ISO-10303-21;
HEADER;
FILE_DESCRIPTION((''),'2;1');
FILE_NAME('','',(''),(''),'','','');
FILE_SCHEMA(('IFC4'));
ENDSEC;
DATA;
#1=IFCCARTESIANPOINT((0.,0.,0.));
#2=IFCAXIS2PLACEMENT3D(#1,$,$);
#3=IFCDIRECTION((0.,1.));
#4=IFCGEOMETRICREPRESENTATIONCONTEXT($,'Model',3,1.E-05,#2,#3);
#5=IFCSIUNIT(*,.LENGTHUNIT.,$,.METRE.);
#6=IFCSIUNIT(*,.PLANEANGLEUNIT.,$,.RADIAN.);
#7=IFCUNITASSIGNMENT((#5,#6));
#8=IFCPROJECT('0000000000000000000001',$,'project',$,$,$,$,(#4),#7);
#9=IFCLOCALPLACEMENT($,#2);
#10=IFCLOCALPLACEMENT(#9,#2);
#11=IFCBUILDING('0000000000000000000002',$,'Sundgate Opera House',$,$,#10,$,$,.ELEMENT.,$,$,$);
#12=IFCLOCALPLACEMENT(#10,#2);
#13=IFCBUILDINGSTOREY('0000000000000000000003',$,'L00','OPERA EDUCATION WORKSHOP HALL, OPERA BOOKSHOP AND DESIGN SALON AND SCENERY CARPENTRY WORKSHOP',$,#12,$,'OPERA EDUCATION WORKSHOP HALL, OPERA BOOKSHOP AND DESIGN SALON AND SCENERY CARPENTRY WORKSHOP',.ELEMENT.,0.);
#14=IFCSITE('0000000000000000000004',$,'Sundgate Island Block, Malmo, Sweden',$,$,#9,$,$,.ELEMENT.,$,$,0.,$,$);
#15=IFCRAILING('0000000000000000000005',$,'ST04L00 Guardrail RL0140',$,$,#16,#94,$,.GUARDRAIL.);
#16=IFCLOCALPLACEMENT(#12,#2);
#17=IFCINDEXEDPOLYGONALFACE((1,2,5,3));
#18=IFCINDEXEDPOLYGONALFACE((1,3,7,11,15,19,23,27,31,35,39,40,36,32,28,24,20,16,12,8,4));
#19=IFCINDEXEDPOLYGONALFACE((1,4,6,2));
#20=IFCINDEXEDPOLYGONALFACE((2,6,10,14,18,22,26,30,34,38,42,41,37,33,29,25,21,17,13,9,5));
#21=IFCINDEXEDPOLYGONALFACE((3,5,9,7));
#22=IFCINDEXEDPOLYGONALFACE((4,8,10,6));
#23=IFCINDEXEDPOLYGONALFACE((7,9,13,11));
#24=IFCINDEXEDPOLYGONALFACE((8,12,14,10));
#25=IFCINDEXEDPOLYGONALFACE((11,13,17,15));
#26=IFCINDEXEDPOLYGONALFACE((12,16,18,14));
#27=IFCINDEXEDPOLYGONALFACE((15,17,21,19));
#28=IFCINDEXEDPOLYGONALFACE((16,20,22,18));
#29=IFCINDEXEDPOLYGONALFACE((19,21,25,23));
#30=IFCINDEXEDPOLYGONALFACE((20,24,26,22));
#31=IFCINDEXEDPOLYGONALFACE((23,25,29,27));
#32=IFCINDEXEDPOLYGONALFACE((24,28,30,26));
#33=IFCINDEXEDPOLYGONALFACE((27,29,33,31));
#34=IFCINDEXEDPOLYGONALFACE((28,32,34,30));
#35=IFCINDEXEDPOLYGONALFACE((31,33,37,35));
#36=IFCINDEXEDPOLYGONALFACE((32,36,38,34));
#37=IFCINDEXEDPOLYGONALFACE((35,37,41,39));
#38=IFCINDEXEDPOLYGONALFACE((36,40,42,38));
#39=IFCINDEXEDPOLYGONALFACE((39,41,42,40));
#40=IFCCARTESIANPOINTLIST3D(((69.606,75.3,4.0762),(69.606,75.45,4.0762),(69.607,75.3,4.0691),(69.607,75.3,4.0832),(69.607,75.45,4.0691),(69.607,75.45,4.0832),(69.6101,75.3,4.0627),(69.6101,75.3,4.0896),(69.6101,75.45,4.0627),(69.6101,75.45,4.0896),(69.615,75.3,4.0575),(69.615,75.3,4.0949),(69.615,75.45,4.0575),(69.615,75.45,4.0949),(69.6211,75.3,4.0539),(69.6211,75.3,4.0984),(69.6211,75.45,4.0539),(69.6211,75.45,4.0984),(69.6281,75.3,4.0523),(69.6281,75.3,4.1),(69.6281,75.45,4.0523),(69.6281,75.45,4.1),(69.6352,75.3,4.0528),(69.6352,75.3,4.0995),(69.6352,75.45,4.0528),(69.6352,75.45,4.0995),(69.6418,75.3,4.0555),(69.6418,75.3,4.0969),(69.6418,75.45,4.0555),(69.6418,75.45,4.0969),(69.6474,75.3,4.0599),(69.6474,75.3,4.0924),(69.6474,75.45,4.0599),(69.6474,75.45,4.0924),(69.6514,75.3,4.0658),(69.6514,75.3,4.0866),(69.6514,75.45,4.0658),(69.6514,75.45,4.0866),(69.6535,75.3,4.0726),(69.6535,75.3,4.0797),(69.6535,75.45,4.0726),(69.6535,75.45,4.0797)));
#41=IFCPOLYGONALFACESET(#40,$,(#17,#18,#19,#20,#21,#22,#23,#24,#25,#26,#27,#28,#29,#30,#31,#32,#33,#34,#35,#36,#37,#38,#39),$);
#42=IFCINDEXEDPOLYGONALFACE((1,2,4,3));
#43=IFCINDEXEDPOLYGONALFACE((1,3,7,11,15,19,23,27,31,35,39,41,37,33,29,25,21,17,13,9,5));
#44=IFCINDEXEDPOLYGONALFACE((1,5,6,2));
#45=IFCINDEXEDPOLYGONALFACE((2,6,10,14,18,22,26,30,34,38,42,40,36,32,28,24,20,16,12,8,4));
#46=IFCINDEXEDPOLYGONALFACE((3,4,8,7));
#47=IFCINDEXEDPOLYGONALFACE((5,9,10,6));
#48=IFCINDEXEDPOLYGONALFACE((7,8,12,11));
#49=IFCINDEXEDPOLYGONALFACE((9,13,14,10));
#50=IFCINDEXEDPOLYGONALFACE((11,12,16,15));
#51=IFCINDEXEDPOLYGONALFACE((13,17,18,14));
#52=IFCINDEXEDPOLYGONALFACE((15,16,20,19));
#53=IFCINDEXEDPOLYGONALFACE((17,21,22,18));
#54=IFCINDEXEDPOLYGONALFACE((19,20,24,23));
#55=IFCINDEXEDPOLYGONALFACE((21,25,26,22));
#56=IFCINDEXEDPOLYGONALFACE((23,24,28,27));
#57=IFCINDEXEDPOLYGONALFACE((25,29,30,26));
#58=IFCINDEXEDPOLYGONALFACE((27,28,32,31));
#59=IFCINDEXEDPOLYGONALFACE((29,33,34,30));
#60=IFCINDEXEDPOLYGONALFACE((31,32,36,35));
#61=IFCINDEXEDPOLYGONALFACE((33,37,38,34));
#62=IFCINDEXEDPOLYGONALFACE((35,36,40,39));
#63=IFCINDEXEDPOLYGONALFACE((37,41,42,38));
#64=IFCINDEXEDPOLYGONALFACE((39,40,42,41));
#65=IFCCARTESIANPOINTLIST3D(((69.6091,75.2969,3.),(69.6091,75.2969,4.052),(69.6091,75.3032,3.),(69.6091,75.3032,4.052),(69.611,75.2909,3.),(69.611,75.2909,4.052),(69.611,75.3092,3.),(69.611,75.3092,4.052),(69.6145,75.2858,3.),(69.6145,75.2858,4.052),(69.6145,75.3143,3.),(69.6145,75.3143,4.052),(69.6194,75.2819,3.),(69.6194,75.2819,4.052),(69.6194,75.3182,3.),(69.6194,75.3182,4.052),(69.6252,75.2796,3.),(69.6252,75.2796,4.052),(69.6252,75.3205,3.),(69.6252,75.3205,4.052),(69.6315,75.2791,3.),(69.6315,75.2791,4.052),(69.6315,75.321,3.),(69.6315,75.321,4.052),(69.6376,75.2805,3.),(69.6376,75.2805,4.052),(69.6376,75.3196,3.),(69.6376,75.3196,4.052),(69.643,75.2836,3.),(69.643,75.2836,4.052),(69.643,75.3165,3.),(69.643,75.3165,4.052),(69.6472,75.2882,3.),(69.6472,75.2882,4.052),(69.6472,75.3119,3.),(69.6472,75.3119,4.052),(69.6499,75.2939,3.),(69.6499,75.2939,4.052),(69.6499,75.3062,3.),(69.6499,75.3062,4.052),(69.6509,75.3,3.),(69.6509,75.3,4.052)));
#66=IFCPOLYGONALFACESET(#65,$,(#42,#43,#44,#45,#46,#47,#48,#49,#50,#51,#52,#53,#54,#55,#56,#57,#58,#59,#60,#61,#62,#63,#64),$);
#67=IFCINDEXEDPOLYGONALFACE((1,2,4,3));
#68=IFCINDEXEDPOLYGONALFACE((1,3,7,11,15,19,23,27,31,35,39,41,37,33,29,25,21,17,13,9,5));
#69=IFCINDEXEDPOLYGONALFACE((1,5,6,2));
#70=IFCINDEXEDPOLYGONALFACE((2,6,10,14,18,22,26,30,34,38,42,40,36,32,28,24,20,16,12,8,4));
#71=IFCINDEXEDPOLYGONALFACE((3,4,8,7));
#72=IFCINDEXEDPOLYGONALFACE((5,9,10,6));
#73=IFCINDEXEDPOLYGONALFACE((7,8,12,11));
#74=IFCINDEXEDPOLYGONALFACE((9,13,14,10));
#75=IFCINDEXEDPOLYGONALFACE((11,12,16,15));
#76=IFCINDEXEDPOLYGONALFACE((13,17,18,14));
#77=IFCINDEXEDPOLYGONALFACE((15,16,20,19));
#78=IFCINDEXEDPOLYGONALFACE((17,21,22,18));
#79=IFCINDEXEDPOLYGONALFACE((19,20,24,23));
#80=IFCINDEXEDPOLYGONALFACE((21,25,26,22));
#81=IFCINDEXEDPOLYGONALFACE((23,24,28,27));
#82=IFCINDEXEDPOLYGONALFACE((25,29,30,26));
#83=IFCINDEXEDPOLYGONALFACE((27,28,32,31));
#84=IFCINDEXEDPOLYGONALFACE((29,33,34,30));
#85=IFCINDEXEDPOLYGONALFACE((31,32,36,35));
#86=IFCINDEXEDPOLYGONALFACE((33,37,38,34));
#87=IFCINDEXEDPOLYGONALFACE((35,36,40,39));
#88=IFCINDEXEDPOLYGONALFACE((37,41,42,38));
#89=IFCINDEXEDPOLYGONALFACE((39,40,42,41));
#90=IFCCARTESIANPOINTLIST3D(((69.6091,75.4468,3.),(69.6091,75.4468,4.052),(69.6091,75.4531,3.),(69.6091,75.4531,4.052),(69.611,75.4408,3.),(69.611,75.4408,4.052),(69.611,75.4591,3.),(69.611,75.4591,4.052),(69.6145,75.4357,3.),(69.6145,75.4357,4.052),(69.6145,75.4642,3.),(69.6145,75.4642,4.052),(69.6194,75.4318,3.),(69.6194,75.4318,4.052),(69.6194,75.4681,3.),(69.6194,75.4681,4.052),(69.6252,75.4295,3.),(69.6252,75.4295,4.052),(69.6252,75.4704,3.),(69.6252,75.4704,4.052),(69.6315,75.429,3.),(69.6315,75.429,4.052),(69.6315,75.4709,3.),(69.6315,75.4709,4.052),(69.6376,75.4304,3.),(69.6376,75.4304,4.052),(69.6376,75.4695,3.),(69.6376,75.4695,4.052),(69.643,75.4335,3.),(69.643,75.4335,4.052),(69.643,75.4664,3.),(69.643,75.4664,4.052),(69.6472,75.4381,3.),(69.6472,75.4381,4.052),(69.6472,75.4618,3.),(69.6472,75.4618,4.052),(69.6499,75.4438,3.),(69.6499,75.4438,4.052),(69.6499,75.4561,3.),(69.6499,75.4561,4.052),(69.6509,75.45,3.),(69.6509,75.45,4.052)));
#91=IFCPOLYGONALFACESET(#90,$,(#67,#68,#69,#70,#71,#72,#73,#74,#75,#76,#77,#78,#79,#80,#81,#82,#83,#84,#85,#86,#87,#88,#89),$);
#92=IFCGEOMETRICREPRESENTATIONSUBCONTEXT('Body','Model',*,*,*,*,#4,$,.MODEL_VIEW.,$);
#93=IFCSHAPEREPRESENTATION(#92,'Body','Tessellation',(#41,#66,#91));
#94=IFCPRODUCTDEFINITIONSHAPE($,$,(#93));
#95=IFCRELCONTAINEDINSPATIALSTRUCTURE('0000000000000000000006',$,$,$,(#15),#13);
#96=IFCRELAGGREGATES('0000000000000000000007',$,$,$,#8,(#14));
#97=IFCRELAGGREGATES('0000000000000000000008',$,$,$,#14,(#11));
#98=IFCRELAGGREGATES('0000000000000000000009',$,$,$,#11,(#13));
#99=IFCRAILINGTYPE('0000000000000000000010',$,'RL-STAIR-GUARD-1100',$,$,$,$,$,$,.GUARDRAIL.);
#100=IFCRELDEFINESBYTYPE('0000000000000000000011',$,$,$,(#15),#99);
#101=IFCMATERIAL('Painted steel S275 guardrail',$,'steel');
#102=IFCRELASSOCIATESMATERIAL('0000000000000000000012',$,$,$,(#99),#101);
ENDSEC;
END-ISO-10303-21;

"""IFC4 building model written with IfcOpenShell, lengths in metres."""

from ifc_helpers import new_model, si_unit, direction, frame, origin, origin_2d, place, context, subcontext, project, spatial, circle, extrude, material, type_object, element, save


model = new_model("IFC4")

# Units and contexts
model_context = context("Model", 3, precision=1e-05, world=origin(), true_north=direction((0.0, 1.0)))
body_context = subcontext(model_context, "Body", "Model", "MODEL_VIEW")
ifc_project = project(units=[si_unit("LENGTHUNIT", "METRE"), si_unit("PLANEANGLEUNIT", "RADIAN")], contexts=[model_context])

# Site, building, storey
site_placement = place(None, origin())
site = spatial("IfcSite", under=ifc_project, at=site_placement, Name="Sundgate Island Block, Malmo, Sweden", CompositionType="ELEMENT", RefElevation=0.0)
building_placement = place(site_placement, origin())
building = spatial("IfcBuilding", under=site, at=building_placement, Name="Sundgate Opera House", CompositionType="ELEMENT")
storey_placement = place(building_placement, origin())
storey = spatial("IfcBuildingStorey", under=building, at=storey_placement, Name="L00", Description="OPERA EDUCATION WORKSHOP HALL, OPERA BOOKSHOP AND DESIGN SALON AND SCENERY CARPENTRY WORKSHOP", LongName="OPERA EDUCATION WORKSHOP HALL, OPERA BOOKSHOP AND DESIGN SALON AND SCENERY CARPENTRY WORKSHOP", CompositionType="ELEMENT", Elevation=0.0)

# Railing
ifc_material_1 = material(Name="Painted steel S275 guardrail", Category="steel")
railing_type_1 = type_object("IfcRailingType", Name="RL-STAIR-GUARD-1100", PredefinedType="GUARDRAIL", material=ifc_material_1)
railing_1_placement = place(storey_placement, frame((69.6299, 75.3, 3.0)))
element("IfcRailing", 1, at=railing_1_placement, inside=storey, type_object=railing_type_1, Name="ST04L00 Guardrail RL0140", PredefinedType="GUARDRAIL", context=body_context, shape_type="SweptSolid", body=[
    extrude(circle(Radius=0.0239, at=origin_2d()), frame((0.0, 0.0, 1.0762), z_axis=(0.0, 1.0, 0.0), x_axis=(-1.0, 0.0, 0.0)), (0.0, 0.0, 1.0), 0.1499),
    extrude(circle(Radius=0.021, at=origin_2d()), origin(), (0.0, 0.0, 1.0), 1.052),
    extrude(circle(Radius=0.021, at=origin_2d()), frame((0.0, 0.1499, 0.0)), (0.0, 0.0, 1.0), 1.052),
])

save(model, "model.ifc")
